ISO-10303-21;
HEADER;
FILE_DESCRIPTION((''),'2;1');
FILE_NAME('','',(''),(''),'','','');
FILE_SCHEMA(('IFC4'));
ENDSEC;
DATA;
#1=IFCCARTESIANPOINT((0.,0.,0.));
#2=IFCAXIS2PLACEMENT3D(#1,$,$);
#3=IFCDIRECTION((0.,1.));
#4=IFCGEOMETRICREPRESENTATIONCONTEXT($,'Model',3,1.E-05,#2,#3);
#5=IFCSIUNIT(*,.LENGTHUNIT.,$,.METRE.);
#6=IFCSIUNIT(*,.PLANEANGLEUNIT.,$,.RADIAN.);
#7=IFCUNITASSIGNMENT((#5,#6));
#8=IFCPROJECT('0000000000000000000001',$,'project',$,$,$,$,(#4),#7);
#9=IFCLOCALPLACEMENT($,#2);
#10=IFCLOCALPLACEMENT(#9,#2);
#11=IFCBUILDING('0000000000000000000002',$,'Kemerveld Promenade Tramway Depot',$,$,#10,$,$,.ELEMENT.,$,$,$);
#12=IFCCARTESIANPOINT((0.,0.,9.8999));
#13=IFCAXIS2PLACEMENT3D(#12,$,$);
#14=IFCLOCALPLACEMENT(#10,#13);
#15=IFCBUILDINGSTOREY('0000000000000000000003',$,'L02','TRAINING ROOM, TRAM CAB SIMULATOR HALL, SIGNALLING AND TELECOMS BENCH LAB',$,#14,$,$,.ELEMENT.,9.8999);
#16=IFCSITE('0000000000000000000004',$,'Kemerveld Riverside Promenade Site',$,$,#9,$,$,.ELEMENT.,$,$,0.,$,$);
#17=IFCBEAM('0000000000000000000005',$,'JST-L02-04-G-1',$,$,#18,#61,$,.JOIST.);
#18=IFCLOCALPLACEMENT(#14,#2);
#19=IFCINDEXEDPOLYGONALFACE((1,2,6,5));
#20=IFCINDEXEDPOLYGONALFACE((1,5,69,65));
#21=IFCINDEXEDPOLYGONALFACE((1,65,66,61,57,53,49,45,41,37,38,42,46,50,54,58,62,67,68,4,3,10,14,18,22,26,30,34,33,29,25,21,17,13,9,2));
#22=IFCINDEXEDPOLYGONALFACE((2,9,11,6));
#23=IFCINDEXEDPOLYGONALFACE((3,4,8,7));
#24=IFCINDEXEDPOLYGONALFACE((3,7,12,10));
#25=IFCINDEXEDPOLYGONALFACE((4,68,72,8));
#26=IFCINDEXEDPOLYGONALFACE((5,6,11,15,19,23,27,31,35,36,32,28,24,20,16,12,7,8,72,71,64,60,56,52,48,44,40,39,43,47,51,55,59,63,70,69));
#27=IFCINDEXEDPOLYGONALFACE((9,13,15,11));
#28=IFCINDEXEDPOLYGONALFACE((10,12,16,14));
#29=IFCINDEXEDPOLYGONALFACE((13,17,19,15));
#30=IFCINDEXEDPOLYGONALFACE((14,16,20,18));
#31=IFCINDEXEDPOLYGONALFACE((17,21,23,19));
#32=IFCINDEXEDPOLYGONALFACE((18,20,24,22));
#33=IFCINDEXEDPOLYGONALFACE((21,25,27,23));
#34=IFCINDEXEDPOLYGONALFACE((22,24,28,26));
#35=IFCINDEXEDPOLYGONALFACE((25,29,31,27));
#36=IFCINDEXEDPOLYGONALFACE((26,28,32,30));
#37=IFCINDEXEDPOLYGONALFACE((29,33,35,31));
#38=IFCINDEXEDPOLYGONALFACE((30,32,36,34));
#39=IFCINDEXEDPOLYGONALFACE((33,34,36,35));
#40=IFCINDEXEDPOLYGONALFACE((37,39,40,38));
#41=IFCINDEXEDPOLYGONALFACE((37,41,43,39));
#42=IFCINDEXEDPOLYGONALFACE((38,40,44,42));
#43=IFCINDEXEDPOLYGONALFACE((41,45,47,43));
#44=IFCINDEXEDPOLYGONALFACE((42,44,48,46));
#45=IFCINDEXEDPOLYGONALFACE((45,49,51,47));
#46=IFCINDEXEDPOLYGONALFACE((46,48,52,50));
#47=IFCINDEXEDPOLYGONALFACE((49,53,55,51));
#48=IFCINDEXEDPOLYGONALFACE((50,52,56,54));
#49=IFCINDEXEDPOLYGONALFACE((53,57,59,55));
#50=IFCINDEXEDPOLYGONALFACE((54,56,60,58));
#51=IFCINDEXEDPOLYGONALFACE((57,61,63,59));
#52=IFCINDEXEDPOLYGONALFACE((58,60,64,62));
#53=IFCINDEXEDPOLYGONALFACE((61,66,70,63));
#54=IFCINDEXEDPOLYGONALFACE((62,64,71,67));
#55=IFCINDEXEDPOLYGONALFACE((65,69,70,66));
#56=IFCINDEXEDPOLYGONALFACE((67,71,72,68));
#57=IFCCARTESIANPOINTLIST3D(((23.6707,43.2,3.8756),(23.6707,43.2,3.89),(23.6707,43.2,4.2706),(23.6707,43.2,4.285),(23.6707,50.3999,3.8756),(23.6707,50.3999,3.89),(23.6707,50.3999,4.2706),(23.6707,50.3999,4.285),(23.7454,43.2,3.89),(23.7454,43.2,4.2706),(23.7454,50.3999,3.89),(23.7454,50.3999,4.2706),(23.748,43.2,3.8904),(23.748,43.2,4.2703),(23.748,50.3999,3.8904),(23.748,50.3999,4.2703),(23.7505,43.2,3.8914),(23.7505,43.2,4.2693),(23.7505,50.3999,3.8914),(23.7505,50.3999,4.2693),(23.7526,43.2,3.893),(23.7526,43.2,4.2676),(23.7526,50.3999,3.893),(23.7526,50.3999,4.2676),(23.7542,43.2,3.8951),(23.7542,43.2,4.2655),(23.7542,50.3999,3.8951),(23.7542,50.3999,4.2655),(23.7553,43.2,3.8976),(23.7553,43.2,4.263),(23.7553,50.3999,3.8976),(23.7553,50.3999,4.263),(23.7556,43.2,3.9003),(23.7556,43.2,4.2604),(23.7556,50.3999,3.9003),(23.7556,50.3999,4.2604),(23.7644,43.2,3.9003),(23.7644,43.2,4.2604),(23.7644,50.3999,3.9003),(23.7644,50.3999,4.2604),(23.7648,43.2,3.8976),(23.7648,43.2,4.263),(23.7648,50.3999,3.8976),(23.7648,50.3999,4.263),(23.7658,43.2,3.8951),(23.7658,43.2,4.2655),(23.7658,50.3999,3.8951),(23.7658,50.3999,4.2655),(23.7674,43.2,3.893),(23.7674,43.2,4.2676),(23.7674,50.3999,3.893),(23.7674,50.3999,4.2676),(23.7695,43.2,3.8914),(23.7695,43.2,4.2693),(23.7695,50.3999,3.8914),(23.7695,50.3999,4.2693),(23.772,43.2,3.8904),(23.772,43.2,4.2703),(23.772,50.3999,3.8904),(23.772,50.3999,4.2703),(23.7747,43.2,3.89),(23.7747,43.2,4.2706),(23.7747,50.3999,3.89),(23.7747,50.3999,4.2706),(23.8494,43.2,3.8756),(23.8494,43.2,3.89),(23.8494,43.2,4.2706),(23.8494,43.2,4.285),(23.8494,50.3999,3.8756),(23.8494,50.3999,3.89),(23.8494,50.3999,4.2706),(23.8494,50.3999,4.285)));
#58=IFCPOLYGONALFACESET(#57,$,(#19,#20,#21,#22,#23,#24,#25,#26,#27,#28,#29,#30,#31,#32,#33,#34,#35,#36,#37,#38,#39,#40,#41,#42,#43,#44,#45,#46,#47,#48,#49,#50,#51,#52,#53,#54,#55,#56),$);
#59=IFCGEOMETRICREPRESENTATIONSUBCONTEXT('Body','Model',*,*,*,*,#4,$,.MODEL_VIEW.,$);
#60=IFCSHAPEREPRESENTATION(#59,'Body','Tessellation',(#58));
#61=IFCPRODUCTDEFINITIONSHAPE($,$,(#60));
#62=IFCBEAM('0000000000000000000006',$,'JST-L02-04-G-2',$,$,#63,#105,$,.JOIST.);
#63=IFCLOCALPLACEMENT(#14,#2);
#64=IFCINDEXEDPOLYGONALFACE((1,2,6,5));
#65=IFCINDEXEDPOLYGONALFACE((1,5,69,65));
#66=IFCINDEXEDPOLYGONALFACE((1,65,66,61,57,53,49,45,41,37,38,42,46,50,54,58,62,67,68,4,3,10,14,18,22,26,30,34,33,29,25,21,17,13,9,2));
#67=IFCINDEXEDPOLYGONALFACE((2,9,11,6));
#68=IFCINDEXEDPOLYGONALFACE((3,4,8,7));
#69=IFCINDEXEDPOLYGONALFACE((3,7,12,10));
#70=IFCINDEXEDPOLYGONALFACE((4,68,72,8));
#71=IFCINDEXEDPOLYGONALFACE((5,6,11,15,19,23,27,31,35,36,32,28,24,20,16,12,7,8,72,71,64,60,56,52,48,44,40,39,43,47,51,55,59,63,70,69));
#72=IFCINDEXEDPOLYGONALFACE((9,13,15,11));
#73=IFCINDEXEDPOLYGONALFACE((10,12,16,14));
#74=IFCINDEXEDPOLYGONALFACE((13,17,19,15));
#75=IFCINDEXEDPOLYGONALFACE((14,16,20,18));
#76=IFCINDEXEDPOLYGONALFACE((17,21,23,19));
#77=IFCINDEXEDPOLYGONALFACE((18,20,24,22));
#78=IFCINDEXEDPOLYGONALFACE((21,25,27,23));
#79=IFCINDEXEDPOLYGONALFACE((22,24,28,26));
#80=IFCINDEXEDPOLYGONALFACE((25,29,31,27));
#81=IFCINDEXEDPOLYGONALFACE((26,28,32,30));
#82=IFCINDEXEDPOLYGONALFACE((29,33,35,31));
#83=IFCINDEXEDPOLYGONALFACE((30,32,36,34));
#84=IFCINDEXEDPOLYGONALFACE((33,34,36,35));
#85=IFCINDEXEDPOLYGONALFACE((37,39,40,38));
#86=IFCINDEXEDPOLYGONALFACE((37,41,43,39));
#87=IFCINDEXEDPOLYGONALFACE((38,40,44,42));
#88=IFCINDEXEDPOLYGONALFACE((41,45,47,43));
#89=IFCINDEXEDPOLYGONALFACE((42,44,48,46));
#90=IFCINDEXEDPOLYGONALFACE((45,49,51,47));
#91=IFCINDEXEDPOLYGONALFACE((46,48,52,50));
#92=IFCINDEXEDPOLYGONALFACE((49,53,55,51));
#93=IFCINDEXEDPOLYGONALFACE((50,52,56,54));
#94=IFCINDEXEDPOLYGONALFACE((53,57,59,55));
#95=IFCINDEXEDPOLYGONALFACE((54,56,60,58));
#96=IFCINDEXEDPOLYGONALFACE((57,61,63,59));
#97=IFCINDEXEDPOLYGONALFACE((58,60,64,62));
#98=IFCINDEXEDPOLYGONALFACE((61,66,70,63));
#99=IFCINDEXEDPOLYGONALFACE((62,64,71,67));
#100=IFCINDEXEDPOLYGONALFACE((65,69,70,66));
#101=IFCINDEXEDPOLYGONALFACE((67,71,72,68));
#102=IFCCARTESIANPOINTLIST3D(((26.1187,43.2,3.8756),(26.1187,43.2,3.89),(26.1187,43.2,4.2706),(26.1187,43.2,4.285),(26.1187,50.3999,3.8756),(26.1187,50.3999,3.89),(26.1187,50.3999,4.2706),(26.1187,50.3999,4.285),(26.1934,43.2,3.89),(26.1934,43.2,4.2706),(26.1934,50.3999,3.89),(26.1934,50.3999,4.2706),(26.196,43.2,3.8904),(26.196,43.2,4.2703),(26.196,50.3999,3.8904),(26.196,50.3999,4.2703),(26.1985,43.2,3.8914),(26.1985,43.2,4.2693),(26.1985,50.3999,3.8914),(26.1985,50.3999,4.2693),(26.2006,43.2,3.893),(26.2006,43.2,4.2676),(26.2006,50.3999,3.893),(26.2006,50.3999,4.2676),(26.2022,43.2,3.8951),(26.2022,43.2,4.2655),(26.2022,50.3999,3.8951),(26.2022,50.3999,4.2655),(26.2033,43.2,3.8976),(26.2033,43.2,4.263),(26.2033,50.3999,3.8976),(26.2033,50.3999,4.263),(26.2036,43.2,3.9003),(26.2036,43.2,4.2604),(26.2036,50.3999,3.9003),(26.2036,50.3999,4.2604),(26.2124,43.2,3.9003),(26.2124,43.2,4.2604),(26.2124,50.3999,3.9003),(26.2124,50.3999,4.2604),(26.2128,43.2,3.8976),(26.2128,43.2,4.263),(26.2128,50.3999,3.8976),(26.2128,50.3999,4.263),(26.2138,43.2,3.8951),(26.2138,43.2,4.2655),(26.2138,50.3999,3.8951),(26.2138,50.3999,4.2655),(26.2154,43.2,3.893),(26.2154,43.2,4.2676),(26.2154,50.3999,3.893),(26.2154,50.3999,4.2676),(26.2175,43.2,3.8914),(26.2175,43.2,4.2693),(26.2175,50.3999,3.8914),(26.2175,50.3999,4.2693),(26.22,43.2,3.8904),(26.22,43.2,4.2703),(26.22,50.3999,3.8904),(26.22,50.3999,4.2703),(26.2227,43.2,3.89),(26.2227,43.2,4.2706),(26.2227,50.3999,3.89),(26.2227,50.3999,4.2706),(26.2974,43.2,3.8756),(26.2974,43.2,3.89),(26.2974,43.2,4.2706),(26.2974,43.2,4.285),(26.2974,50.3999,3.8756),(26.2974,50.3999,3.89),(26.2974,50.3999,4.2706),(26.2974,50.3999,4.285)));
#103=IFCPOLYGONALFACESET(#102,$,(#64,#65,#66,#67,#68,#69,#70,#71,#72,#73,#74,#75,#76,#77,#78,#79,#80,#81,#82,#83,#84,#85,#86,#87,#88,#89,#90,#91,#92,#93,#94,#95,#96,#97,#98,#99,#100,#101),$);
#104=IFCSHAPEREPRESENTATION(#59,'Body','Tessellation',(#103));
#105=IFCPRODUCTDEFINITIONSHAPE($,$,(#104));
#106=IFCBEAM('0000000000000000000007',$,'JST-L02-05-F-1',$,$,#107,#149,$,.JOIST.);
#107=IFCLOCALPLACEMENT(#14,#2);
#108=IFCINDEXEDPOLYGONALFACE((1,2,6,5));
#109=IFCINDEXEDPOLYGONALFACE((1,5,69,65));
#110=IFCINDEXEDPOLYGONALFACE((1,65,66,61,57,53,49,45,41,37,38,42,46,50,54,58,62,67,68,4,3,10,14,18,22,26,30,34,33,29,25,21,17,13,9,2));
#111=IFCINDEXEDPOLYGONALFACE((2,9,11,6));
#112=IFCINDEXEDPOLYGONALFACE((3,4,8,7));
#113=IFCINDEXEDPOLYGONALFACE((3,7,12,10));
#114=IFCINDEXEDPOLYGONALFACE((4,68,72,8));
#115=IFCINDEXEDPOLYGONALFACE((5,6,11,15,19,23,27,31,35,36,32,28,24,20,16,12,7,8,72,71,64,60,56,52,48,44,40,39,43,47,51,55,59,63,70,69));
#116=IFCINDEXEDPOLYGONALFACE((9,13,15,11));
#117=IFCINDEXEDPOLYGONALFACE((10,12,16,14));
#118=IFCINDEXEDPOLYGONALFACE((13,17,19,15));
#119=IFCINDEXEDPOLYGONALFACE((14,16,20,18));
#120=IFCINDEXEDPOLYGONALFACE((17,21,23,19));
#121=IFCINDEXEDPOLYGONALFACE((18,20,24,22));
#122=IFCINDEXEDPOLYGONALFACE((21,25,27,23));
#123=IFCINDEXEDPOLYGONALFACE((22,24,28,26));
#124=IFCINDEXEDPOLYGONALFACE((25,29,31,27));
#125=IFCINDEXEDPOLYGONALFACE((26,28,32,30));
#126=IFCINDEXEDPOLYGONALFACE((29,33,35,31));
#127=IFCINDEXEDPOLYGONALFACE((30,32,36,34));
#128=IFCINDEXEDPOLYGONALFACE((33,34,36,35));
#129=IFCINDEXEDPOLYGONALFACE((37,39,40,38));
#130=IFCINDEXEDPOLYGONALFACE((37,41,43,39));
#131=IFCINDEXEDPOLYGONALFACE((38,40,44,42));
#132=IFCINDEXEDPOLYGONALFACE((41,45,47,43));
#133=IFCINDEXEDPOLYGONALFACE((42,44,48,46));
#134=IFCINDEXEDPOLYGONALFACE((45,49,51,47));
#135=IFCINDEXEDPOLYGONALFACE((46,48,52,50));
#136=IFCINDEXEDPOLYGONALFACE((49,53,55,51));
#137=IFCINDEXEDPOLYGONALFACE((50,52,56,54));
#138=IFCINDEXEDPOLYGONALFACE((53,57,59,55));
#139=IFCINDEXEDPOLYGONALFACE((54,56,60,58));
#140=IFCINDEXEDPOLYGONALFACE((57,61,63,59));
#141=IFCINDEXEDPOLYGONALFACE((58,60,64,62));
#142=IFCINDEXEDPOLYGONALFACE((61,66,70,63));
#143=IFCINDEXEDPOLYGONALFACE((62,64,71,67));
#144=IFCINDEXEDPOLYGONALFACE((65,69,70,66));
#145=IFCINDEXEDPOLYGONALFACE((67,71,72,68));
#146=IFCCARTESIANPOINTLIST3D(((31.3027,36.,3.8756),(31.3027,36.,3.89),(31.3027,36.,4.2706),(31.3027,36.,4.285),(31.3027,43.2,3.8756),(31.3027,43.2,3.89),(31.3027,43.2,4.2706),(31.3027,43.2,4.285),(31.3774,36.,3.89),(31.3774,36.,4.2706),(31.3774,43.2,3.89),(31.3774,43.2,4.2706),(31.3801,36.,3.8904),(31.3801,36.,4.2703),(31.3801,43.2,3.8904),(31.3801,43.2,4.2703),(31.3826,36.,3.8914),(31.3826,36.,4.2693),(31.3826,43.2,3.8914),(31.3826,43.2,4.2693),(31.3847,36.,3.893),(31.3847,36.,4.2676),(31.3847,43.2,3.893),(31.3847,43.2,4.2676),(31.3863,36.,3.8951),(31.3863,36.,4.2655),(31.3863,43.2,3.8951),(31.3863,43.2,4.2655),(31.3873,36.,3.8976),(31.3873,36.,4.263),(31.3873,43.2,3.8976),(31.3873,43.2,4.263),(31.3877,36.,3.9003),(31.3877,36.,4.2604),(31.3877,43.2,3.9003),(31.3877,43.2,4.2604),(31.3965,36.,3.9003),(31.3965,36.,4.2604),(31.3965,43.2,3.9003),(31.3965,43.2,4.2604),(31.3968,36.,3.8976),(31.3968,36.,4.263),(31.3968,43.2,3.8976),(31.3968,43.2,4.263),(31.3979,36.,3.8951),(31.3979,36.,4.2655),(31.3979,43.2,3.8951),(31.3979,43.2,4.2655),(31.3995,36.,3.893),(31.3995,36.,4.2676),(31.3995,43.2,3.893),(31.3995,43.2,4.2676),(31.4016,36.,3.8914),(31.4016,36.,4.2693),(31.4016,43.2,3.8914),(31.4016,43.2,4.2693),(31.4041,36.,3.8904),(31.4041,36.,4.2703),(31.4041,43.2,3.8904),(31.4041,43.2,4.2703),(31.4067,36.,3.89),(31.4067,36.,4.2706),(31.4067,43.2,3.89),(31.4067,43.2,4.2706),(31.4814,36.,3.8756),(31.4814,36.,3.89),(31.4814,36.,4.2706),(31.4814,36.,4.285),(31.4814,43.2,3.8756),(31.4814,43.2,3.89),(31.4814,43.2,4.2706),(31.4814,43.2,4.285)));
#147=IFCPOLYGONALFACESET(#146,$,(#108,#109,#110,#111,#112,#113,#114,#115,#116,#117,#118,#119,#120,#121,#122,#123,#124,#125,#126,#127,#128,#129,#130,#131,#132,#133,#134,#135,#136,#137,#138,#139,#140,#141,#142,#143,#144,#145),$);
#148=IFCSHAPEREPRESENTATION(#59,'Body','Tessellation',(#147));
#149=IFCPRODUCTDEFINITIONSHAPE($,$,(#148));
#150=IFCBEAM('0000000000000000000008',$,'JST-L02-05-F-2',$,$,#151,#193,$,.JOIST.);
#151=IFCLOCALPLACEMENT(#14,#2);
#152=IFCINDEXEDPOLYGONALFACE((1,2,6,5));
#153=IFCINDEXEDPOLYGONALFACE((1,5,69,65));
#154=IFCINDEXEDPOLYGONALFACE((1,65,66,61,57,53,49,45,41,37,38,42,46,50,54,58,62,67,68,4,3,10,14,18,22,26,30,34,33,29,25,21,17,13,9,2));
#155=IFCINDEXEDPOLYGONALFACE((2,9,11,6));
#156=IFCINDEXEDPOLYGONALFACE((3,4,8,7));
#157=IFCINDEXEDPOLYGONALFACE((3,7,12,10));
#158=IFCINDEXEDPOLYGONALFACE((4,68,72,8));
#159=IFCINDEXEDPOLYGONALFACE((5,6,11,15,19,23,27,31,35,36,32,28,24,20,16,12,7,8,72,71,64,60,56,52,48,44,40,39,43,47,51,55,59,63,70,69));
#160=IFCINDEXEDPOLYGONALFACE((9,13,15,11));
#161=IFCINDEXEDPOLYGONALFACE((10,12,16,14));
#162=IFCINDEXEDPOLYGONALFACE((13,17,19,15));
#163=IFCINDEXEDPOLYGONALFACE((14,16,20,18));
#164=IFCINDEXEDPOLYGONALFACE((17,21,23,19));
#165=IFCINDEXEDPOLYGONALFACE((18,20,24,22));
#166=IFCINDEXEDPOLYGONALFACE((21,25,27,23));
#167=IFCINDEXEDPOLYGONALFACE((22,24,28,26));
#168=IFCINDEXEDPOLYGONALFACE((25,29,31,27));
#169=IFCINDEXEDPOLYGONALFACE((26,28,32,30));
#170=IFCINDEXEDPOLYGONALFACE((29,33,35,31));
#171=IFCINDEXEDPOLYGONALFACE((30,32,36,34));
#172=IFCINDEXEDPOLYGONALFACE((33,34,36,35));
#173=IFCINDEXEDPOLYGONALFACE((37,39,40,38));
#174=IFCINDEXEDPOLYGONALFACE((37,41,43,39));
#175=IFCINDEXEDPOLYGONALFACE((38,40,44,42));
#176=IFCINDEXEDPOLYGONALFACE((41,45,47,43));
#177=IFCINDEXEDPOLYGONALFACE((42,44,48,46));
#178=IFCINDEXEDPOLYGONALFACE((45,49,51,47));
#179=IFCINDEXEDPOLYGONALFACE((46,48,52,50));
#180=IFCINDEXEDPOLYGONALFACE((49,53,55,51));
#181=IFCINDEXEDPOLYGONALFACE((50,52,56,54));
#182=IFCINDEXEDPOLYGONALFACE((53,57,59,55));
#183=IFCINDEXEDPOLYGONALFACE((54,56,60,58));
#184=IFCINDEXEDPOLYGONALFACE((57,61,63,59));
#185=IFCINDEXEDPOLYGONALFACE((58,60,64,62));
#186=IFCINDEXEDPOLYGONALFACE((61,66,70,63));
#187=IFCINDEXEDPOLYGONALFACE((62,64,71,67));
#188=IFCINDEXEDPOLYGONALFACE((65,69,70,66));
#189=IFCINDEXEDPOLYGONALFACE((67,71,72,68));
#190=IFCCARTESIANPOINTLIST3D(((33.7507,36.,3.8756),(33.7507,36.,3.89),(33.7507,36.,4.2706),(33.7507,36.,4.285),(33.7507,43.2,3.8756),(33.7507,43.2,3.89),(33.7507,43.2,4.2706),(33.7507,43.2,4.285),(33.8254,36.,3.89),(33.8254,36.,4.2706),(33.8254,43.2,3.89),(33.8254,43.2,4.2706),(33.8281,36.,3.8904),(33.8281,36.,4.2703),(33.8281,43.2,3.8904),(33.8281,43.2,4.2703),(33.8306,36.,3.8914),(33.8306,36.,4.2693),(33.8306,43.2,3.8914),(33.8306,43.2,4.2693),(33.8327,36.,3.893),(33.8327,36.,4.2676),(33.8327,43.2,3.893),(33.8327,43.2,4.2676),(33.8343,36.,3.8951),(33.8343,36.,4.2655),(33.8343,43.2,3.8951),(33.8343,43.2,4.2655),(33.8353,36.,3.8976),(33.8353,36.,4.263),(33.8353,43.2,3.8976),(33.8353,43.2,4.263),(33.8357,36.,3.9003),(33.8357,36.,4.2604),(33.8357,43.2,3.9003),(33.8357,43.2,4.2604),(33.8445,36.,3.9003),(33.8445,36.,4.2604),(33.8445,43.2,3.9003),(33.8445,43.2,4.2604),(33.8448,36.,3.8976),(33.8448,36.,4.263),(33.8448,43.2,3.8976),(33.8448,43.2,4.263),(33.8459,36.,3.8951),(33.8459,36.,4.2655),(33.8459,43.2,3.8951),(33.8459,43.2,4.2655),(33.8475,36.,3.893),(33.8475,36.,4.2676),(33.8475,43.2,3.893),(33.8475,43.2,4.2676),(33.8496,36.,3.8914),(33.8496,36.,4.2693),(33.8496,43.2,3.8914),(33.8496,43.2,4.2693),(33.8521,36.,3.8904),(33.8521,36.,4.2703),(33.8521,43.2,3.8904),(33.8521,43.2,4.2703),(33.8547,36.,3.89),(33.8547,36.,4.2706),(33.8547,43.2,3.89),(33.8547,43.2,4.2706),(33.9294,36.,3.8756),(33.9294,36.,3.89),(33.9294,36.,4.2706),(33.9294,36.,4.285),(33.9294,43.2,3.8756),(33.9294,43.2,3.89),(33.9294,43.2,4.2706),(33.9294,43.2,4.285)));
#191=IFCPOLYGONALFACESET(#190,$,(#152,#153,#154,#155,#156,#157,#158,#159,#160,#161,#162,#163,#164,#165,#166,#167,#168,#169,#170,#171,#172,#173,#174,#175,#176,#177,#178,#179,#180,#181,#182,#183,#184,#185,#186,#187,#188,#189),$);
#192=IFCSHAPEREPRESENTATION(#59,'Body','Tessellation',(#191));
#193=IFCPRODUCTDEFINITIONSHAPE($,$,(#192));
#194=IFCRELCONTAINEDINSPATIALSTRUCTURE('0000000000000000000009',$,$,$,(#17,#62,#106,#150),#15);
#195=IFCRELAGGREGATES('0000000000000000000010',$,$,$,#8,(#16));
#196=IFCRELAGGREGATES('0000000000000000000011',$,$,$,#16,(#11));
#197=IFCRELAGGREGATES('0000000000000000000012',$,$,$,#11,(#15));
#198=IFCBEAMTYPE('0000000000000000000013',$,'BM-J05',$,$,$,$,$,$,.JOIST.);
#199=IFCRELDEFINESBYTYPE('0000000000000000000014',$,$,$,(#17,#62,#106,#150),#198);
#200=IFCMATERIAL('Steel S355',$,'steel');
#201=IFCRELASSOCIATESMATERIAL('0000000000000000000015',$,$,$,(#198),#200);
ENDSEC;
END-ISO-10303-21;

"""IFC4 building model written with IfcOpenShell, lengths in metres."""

from ifc_helpers import new_model, si_unit, direction, frame, origin, origin_2d, place, context, subcontext, project, spatial, i_section, extrude, material, material_profile, profile_set, type_object, element, save


model = new_model("IFC4")

# Units and contexts
model_context = context("Model", 3, precision=1e-05, world=origin(), true_north=direction((0.0, 1.0)))
body_context = subcontext(model_context, "Body", "Model", "MODEL_VIEW")
ifc_project = project(units=[si_unit("LENGTHUNIT", "METRE"), si_unit("PLANEANGLEUNIT", "RADIAN")], contexts=[model_context])

# Site, building, storey
site_placement = place(None, origin())
site = spatial("IfcSite", under=ifc_project, at=site_placement, Name="Kemerveld Riverside Promenade Site", CompositionType="ELEMENT", RefElevation=0.0)
building_placement = place(site_placement, origin())
building = spatial("IfcBuilding", under=site, at=building_placement, Name="Kemerveld Promenade Tramway Depot", CompositionType="ELEMENT")
storey_placement = place(building_placement, frame((0.0, 0.0, 9.8999)))
storey = spatial("IfcBuildingStorey", under=building, at=storey_placement, Name="L02", Description="TRAINING ROOM, TRAM CAB SIMULATOR HALL, SIGNALLING AND TELECOMS BENCH LAB", CompositionType="ELEMENT", Elevation=9.8999)

# Shared definitions
ifc_material = material(Name="Steel S355", Category="steel")

# Beams
ifc_material_profile_1 = material_profile(ifc_material, i_section(OverallWidth=0.1787, OverallDepth=0.4094, WebThickness=0.0088, FlangeThickness=0.0144, FilletRadius=0.0103, at=origin_2d()), Name="406x178x67 UB")
ifc_profile_set_1 = profile_set([ifc_material_profile_1], Name="Steel S355")
beam_type_1 = type_object("IfcBeamType", Name="BM-J05", PredefinedType="JOIST", material=ifc_profile_set_1)
for number, where, z_axis, x_axis, name in (
    (1, (23.76, 43.2, 4.0803), (0.0, 1.0, 0.0), (-1.0, 0.0, 0.0), "JST-L02-04-G-1"),
    (2, (26.208, 43.2, 4.0803), (0.0, 1.0, 0.0), (-1.0, 0.0, 0.0), "JST-L02-04-G-2"),
    (3, (31.3921, 36.0, 4.0803), (0.0, 1.0, 0.0), (-1.0, 0.0, 0.0), "JST-L02-05-F-1"),
    (4, (33.8401, 36.0, 4.0803), (0.0, 1.0, 0.0), (-1.0, 0.0, 0.0), "JST-L02-05-F-2"),
):
    element("IfcBeam", number, at=place(storey_placement, frame(where, z_axis=z_axis, x_axis=x_axis)), inside=storey, type_object=beam_type_1, Name=name, PredefinedType="JOIST", context=body_context, shape_type="SweptSolid", body=[
        extrude(i_section(OverallWidth=0.1787, OverallDepth=0.4094, WebThickness=0.0088, FlangeThickness=0.0144, FilletRadius=0.0103, at=origin_2d()), origin(), (0.0, 0.0, 1.0), 7.2),
    ])

save(model, "model.ifc")
